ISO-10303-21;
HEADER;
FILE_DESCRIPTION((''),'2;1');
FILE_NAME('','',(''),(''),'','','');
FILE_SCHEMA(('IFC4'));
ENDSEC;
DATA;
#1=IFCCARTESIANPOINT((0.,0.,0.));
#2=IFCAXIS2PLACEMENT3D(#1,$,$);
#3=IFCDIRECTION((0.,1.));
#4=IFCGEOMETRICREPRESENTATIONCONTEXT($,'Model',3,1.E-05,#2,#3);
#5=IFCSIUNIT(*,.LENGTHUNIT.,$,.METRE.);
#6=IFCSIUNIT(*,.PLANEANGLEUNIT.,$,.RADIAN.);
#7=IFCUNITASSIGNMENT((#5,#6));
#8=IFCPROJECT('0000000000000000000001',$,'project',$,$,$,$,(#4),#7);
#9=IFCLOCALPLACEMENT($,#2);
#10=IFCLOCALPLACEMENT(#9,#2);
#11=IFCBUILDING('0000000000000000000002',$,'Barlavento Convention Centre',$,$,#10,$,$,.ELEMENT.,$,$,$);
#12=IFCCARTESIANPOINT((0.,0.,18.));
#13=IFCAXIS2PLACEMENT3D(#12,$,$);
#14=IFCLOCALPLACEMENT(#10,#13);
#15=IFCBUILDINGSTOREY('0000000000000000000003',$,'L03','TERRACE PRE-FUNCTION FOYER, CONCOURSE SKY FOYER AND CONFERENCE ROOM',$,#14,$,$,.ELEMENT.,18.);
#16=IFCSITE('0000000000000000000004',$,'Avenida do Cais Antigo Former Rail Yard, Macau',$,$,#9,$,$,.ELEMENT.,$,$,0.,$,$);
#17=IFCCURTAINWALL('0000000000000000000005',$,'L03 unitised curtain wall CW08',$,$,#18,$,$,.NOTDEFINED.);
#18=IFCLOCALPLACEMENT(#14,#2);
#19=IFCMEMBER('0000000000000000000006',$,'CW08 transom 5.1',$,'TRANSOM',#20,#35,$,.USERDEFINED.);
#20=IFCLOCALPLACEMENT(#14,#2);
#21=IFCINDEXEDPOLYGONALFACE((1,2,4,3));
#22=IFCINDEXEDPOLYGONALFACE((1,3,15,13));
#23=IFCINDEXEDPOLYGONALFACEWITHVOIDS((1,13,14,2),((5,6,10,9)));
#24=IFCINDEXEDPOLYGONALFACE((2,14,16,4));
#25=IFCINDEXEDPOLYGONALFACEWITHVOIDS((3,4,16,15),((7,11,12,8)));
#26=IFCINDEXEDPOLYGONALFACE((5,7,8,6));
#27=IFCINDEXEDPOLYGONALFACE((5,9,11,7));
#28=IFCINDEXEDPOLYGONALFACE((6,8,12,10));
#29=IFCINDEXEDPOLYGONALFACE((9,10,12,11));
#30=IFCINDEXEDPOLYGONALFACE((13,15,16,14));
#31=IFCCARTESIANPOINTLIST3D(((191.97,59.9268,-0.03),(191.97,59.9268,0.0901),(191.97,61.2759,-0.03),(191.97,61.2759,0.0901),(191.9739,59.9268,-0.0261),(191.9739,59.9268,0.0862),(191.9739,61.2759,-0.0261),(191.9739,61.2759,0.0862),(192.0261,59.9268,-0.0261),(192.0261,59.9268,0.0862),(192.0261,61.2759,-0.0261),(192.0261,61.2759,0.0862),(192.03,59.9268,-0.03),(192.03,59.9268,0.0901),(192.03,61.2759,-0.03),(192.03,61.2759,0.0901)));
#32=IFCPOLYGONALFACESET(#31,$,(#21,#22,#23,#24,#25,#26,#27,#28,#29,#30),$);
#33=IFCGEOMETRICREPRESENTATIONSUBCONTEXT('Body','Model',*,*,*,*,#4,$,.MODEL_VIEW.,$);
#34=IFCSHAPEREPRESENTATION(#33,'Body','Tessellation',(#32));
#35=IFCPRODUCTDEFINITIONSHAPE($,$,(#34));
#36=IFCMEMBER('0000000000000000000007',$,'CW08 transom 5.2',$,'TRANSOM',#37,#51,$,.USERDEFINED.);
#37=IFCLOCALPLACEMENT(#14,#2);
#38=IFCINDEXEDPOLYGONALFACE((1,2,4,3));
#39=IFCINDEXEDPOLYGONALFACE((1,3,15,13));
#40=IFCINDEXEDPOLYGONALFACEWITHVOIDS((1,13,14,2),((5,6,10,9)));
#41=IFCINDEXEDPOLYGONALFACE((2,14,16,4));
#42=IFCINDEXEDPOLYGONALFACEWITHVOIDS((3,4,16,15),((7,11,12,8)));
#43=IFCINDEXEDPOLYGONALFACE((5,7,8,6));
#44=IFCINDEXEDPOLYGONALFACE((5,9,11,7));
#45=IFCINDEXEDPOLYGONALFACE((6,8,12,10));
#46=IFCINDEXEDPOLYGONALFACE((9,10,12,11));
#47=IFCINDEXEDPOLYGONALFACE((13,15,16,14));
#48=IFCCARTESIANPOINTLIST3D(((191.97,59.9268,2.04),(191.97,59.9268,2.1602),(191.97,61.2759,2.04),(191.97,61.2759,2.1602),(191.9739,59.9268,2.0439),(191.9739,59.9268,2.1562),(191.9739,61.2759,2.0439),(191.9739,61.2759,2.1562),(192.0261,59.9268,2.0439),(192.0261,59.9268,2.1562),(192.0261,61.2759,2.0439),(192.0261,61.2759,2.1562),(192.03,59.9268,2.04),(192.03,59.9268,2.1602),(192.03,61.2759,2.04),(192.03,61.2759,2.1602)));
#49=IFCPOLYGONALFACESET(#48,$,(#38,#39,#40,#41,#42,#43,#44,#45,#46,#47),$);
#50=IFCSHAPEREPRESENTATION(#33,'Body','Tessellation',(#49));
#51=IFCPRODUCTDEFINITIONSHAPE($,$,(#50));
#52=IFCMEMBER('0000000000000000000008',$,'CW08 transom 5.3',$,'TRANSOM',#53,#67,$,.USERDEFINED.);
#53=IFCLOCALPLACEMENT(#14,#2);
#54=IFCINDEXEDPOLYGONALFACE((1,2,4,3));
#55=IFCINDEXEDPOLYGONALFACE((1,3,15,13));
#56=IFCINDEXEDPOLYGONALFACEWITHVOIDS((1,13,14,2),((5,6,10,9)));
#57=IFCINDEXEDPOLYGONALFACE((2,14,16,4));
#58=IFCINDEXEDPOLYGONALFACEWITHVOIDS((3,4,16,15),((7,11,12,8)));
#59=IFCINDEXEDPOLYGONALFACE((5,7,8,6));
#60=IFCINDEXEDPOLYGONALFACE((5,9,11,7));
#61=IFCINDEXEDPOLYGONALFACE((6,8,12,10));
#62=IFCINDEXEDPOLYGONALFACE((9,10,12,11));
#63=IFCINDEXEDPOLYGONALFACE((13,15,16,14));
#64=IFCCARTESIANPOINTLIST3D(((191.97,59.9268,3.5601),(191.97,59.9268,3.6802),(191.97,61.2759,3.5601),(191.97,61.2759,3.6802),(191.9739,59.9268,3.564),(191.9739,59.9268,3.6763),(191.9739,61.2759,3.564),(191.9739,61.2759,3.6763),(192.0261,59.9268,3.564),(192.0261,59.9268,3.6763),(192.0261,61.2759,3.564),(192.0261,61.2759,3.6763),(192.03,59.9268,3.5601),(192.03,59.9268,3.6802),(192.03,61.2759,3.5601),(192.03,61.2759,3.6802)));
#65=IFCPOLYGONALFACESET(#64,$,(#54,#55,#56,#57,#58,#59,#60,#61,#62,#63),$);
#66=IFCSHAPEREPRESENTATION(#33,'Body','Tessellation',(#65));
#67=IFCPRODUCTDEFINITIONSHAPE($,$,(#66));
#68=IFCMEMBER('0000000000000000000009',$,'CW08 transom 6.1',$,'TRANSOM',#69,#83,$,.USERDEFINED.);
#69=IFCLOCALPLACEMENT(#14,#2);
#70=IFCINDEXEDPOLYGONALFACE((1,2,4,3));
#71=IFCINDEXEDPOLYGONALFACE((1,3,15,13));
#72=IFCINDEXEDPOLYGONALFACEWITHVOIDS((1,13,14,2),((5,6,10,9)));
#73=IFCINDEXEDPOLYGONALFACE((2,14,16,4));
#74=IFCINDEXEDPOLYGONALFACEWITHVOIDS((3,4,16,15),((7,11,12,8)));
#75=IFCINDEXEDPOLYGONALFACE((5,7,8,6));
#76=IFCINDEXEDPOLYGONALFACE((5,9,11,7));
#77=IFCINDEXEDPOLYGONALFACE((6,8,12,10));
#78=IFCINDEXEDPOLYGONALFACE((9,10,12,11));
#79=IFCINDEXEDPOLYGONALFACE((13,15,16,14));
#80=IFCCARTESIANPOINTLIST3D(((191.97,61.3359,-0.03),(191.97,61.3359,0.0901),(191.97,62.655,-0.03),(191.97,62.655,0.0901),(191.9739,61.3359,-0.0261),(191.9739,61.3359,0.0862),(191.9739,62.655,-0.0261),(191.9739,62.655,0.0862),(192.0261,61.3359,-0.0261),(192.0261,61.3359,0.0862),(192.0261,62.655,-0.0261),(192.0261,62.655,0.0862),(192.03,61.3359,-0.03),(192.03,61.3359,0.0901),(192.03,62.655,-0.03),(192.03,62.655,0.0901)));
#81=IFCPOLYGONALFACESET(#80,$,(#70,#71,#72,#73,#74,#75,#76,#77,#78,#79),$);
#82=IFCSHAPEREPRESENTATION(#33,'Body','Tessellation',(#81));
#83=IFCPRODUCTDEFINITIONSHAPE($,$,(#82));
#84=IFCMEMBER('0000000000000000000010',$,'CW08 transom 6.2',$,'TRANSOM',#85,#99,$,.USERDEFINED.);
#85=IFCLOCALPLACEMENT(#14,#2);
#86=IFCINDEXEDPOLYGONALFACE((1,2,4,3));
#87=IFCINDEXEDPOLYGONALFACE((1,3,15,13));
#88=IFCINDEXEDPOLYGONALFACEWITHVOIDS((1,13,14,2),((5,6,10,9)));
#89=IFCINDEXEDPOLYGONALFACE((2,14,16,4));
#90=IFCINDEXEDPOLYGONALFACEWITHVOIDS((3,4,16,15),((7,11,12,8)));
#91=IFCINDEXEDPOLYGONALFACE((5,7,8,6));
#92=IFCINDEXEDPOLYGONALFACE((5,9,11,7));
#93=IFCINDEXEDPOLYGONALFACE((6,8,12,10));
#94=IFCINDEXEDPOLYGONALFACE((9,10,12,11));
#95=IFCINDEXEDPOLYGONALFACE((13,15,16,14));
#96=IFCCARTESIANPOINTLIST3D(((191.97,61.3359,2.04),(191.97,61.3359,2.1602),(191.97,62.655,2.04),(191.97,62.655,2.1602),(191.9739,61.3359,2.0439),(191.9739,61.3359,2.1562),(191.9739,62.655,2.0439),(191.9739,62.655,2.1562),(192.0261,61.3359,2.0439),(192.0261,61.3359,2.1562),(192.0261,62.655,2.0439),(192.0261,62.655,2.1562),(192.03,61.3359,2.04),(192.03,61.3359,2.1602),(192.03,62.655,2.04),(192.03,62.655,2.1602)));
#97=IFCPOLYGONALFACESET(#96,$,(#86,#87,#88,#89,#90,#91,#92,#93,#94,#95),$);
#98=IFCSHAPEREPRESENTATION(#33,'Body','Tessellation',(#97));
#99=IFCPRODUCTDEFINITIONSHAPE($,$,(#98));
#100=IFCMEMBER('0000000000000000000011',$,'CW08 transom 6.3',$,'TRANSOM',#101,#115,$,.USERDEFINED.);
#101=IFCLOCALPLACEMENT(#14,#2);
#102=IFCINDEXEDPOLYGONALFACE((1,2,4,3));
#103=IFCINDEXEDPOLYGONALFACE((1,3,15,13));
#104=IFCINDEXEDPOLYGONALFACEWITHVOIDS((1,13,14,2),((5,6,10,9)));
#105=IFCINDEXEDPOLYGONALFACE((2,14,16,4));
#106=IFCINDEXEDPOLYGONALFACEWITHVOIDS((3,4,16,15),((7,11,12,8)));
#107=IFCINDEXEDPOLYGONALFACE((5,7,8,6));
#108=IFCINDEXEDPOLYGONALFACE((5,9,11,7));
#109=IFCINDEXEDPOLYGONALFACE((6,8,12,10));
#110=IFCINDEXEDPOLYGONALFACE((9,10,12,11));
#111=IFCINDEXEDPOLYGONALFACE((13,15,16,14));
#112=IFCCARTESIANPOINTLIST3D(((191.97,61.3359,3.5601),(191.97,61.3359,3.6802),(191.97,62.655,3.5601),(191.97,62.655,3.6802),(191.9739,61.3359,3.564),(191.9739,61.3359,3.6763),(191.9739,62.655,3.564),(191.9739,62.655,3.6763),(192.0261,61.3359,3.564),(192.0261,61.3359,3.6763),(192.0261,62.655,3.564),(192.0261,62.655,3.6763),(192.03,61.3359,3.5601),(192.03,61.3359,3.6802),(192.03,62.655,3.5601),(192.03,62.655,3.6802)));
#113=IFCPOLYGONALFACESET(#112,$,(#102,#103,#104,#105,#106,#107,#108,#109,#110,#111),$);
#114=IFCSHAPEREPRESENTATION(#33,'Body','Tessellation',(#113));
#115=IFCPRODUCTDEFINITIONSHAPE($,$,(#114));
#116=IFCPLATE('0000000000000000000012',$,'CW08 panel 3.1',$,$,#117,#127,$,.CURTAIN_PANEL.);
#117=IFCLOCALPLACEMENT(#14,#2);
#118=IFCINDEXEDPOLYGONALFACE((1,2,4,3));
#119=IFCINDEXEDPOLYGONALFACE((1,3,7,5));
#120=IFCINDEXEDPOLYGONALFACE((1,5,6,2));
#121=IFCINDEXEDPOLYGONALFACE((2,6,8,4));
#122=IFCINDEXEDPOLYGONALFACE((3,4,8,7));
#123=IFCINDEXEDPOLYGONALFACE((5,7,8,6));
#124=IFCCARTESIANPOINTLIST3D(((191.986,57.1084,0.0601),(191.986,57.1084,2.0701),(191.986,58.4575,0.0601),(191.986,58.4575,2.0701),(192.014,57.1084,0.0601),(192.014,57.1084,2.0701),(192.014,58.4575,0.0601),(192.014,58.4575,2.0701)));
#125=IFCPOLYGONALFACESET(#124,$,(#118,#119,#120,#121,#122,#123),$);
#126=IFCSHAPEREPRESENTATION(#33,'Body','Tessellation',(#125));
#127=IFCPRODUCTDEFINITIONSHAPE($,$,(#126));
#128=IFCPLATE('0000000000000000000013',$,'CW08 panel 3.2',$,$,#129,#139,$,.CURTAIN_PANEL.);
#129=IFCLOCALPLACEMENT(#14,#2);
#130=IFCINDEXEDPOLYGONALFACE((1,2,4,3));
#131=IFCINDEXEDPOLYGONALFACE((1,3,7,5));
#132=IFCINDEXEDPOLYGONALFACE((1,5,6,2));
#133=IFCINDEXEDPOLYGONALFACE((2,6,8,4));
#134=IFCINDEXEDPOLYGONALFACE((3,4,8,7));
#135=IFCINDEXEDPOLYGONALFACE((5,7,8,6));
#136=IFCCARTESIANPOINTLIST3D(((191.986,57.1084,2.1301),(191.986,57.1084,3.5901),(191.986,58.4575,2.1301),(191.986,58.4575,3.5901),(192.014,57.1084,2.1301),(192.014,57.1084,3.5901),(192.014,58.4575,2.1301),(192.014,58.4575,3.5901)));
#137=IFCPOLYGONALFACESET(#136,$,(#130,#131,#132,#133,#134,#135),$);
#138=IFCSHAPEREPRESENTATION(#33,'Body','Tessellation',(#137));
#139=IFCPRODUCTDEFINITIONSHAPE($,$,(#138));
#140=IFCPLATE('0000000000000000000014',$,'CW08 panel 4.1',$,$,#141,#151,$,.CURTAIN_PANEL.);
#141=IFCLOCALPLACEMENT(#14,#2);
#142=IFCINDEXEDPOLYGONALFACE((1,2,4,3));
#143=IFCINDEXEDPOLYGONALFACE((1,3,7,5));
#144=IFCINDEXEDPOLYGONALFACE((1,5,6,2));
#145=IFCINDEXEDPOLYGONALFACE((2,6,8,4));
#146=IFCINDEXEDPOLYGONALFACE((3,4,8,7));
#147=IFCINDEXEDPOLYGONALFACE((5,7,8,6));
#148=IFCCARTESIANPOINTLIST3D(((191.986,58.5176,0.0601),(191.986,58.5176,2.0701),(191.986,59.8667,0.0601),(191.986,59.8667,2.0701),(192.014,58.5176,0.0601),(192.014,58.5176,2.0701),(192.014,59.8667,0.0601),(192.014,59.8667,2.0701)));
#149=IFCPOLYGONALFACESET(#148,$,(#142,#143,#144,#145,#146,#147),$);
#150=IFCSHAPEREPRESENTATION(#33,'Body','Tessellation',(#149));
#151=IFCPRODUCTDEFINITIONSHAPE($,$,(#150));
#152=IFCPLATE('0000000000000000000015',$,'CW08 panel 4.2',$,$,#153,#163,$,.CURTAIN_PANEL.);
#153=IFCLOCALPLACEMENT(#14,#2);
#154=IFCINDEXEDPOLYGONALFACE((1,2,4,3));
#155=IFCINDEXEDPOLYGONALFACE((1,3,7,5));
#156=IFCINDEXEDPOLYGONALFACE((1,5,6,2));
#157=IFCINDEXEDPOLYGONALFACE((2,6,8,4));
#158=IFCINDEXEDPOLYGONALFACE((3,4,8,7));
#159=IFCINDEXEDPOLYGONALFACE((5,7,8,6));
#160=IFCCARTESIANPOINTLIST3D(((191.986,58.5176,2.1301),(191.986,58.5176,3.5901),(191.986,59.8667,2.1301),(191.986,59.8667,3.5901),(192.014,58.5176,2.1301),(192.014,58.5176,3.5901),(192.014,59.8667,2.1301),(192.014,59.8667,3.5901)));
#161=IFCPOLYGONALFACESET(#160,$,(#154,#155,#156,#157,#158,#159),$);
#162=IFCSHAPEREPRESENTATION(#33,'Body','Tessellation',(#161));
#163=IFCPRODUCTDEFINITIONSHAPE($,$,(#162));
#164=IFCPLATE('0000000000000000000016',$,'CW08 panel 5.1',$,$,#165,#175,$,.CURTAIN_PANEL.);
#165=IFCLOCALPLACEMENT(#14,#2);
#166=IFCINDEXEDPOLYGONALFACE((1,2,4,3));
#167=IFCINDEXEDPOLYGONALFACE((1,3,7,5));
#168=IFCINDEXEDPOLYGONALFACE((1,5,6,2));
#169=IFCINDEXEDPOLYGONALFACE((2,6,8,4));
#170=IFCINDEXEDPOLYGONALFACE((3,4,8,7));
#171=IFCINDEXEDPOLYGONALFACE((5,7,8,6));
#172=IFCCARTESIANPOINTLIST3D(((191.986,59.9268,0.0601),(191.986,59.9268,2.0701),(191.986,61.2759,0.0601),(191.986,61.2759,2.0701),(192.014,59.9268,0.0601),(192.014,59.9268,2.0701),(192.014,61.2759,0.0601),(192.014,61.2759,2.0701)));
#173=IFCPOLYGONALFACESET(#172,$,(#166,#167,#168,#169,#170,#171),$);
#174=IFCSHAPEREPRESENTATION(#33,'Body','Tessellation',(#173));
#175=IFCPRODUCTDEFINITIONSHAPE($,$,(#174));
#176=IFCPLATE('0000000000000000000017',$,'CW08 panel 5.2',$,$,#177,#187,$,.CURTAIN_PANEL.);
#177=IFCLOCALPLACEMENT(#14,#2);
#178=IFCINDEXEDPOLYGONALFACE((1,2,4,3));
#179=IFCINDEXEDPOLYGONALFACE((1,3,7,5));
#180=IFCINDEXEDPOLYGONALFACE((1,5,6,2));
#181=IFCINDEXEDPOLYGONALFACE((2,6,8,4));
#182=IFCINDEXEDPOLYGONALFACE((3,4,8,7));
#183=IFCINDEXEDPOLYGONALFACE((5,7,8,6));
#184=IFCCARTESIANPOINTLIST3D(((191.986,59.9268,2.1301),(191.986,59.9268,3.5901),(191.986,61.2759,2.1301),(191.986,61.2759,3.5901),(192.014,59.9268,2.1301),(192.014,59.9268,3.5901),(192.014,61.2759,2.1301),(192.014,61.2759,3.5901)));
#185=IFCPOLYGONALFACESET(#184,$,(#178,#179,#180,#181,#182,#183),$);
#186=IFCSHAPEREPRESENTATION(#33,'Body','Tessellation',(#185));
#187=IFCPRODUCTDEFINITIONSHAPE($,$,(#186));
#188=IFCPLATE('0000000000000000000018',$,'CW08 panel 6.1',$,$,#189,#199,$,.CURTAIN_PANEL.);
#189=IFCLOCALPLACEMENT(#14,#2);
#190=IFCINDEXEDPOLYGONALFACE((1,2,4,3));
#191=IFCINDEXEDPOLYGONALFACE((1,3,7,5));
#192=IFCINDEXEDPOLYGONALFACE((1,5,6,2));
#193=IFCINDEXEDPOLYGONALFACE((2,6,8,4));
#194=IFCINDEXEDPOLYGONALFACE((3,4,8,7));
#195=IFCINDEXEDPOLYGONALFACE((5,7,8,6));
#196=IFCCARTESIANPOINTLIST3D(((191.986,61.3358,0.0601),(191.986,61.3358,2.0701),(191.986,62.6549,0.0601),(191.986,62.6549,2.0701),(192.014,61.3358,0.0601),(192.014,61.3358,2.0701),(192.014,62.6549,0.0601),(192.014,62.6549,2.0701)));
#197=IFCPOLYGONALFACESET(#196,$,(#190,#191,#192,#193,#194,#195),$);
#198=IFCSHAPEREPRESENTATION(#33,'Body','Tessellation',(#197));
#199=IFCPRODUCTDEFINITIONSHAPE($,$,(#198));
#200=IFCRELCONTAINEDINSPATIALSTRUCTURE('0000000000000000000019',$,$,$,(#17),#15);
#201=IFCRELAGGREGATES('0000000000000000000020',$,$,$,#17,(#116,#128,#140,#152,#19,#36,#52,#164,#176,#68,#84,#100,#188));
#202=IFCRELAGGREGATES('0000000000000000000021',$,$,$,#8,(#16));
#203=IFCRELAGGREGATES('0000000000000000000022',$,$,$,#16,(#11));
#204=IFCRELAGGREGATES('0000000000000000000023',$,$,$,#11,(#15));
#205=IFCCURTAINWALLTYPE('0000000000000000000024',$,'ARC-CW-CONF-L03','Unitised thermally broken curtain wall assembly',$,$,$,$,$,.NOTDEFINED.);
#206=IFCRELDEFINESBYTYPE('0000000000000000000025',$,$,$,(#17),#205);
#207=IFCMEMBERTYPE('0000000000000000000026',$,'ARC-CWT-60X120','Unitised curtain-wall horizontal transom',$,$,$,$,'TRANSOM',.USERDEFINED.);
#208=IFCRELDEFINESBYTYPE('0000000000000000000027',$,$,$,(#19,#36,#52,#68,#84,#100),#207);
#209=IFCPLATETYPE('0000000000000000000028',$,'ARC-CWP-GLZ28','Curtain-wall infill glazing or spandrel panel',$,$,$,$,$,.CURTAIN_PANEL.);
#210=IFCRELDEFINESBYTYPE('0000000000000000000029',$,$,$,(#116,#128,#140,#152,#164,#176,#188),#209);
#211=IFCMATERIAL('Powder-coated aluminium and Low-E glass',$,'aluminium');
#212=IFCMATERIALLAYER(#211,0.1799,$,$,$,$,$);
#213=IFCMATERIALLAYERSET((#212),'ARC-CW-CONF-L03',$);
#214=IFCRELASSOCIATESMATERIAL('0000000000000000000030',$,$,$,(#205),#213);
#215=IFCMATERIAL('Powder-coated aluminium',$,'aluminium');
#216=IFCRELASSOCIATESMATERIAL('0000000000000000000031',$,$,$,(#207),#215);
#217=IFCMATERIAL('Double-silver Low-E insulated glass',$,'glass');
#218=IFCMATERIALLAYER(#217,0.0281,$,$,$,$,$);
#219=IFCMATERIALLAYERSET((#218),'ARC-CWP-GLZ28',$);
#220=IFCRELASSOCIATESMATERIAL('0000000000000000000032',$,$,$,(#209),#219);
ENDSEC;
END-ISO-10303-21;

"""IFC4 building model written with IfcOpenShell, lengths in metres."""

from ifc_helpers import new_model, si_unit, direction, frame, origin, origin_2d, place, context, subcontext, project, spatial, rectangle, hollow_rectangle, extrude, material, layer, layer_set, material_profile, profile_set, type_object, element, aggregate, save


model = new_model("IFC4")

# Units and contexts
model_context = context("Model", 3, precision=1e-05, world=origin(), true_north=direction((0.0, 1.0)))
body_context = subcontext(model_context, "Body", "Model", "MODEL_VIEW")
ifc_project = project(units=[si_unit("LENGTHUNIT", "METRE"), si_unit("PLANEANGLEUNIT", "RADIAN")], contexts=[model_context])

# Site, building, storey
site_placement = place(None, origin())
site = spatial("IfcSite", under=ifc_project, at=site_placement, Name="Avenida do Cais Antigo Former Rail Yard, Macau", CompositionType="ELEMENT", RefElevation=0.0)
building_placement = place(site_placement, origin())
building = spatial("IfcBuilding", under=site, at=building_placement, Name="Barlavento Convention Centre", CompositionType="ELEMENT")
storey_placement = place(building_placement, frame((0.0, 0.0, 18.0)))
storey = spatial("IfcBuildingStorey", under=building, at=storey_placement, Name="L03", Description="TERRACE PRE-FUNCTION FOYER, CONCOURSE SKY FOYER AND CONFERENCE ROOM", CompositionType="ELEMENT", Elevation=18.0)

# Curtain wall, members, plates
ifc_material_1 = material(Name="Powder-coated aluminium and Low-E glass", Category="aluminium")
ifc_layer_1 = layer(ifc_material_1, 0.1799)
ifc_layer_set_1 = layer_set([ifc_layer_1], Name="ARC-CW-CONF-L03")
curtain_wall_type = type_object("IfcCurtainWallType", Name="ARC-CW-CONF-L03", Description="Unitised thermally broken curtain wall assembly", PredefinedType="NOTDEFINED", material=ifc_layer_set_1)
curtain_wall_placement = place(storey_placement, origin())
curtain_wall = element("IfcCurtainWall", 1, at=curtain_wall_placement, inside=storey, type_object=curtain_wall_type, Name="L03 unitised curtain wall CW08", PredefinedType="NOTDEFINED")
ifc_material_2 = material(Name="Powder-coated aluminium", Category="aluminium")
ifc_material_profile_1 = material_profile(ifc_material_2, hollow_rectangle(XDim=0.0601, YDim=0.1201, WallThickness=0.0039, at=origin_2d()), Name="AL-TRAN 60x120x4")
ifc_profile_set_1 = profile_set([ifc_material_profile_1], Name="Powder-coated aluminium")
member_type_1 = type_object("IfcMemberType", Name="ARC-CWT-60X120", Description="Unitised curtain-wall horizontal transom", ElementType="TRANSOM", PredefinedType="USERDEFINED", material=ifc_profile_set_1)
member_1_placement = place(storey_placement, frame((192.0, 59.9268, 0.03), z_axis=(0.0, 1.0, 0.0), x_axis=(-1.0, 0.0, 0.0)))
member_1 = element("IfcMember", 2, at=member_1_placement, type_object=member_type_1, Name="CW08 transom 5.1", ObjectType="TRANSOM", PredefinedType="USERDEFINED", context=body_context, shape_type="SweptSolid", body=[
    extrude(hollow_rectangle(XDim=0.0601, YDim=0.1201, WallThickness=0.0039, at=origin_2d()), origin(), (0.0, 0.0, 1.0), 1.3491),
])
member_2_placement = place(storey_placement, frame((192.0, 59.9268, 2.1001), z_axis=(0.0, 1.0, 0.0), x_axis=(-1.0, 0.0, 0.0)))
member_2 = element("IfcMember", 3, at=member_2_placement, type_object=member_type_1, Name="CW08 transom 5.2", ObjectType="TRANSOM", PredefinedType="USERDEFINED", context=body_context, shape_type="SweptSolid", body=[
    extrude(hollow_rectangle(XDim=0.0601, YDim=0.1201, WallThickness=0.0039, at=origin_2d()), origin(), (0.0, 0.0, 1.0), 1.3491),
])
member_3_placement = place(storey_placement, frame((192.0, 59.9268, 3.6201), z_axis=(0.0, 1.0, 0.0), x_axis=(-1.0, 0.0, 0.0)))
member_3 = element("IfcMember", 4, at=member_3_placement, type_object=member_type_1, Name="CW08 transom 5.3", ObjectType="TRANSOM", PredefinedType="USERDEFINED", context=body_context, shape_type="SweptSolid", body=[
    extrude(hollow_rectangle(XDim=0.0601, YDim=0.1201, WallThickness=0.0039, at=origin_2d()), origin(), (0.0, 0.0, 1.0), 1.3491),
])
member_4_placement = place(storey_placement, frame((192.0, 61.3359, 0.03), z_axis=(0.0, 1.0, 0.0), x_axis=(-1.0, 0.0, 0.0)))
member_4 = element("IfcMember", 5, at=member_4_placement, type_object=member_type_1, Name="CW08 transom 6.1", ObjectType="TRANSOM", PredefinedType="USERDEFINED", context=body_context, shape_type="SweptSolid", body=[
    extrude(hollow_rectangle(XDim=0.0601, YDim=0.1201, WallThickness=0.0039, at=origin_2d()), origin(), (0.0, 0.0, 1.0), 1.3191),
])
member_5_placement = place(storey_placement, frame((192.0, 61.3359, 2.1001), z_axis=(0.0, 1.0, 0.0), x_axis=(-1.0, 0.0, 0.0)))
member_5 = element("IfcMember", 6, at=member_5_placement, type_object=member_type_1, Name="CW08 transom 6.2", ObjectType="TRANSOM", PredefinedType="USERDEFINED", context=body_context, shape_type="SweptSolid", body=[
    extrude(hollow_rectangle(XDim=0.0601, YDim=0.1201, WallThickness=0.0039, at=origin_2d()), origin(), (0.0, 0.0, 1.0), 1.3191),
])
member_6_placement = place(storey_placement, frame((192.0, 61.3359, 3.6201), z_axis=(0.0, 1.0, 0.0), x_axis=(-1.0, 0.0, 0.0)))
member_6 = element("IfcMember", 7, at=member_6_placement, type_object=member_type_1, Name="CW08 transom 6.3", ObjectType="TRANSOM", PredefinedType="USERDEFINED", context=body_context, shape_type="SweptSolid", body=[
    extrude(hollow_rectangle(XDim=0.0601, YDim=0.1201, WallThickness=0.0039, at=origin_2d()), origin(), (0.0, 0.0, 1.0), 1.3191),
])
ifc_material_3 = material(Name="Double-silver Low-E insulated glass", Category="glass")
ifc_layer_2 = layer(ifc_material_3, 0.0281)
ifc_layer_set_2 = layer_set([ifc_layer_2], Name="ARC-CWP-GLZ28")
plate_type = type_object("IfcPlateType", Name="ARC-CWP-GLZ28", Description="Curtain-wall infill glazing or spandrel panel", PredefinedType="CURTAIN_PANEL", material=ifc_layer_set_2)
plate_1_placement = place(storey_placement, frame((192.0, 57.783, 0.0601), z_axis=(0.0, 0.0, 1.0), x_axis=(0.0, 1.0, 0.0)))
plate_1 = element("IfcPlate", 8, at=plate_1_placement, type_object=plate_type, Name="CW08 panel 3.1", PredefinedType="CURTAIN_PANEL", context=body_context, shape_type="SweptSolid", body=[
    extrude(rectangle(XDim=1.3491, YDim=0.0281, at=origin_2d()), origin(), (0.0, 0.0, 1.0), 2.01),
])
plate_2_placement = place(storey_placement, frame((192.0, 57.783, 2.1301), z_axis=(0.0, 0.0, 1.0), x_axis=(0.0, 1.0, 0.0)))
plate_2 = element("IfcPlate", 9, at=plate_2_placement, type_object=plate_type, Name="CW08 panel 3.2", PredefinedType="CURTAIN_PANEL", context=body_context, shape_type="SweptSolid", body=[
    extrude(rectangle(XDim=1.3491, YDim=0.0281, at=origin_2d()), origin(), (0.0, 0.0, 1.0), 1.46),
])
plate_3_placement = place(storey_placement, frame((192.0, 59.1921, 0.0601), z_axis=(0.0, 0.0, 1.0), x_axis=(0.0, 1.0, 0.0)))
plate_3 = element("IfcPlate", 10, at=plate_3_placement, type_object=plate_type, Name="CW08 panel 4.1", PredefinedType="CURTAIN_PANEL", context=body_context, shape_type="SweptSolid", body=[
    extrude(rectangle(XDim=1.3491, YDim=0.0281, at=origin_2d()), origin(), (0.0, 0.0, 1.0), 2.01),
])
plate_4_placement = place(storey_placement, frame((192.0, 59.1921, 2.1301), z_axis=(0.0, 0.0, 1.0), x_axis=(0.0, 1.0, 0.0)))
plate_4 = element("IfcPlate", 11, at=plate_4_placement, type_object=plate_type, Name="CW08 panel 4.2", PredefinedType="CURTAIN_PANEL", context=body_context, shape_type="SweptSolid", body=[
    extrude(rectangle(XDim=1.3491, YDim=0.0281, at=origin_2d()), origin(), (0.0, 0.0, 1.0), 1.46),
])
plate_5_placement = place(storey_placement, frame((192.0, 60.6013, 0.0601), z_axis=(0.0, 0.0, 1.0), x_axis=(0.0, 1.0, 0.0)))
plate_5 = element("IfcPlate", 12, at=plate_5_placement, type_object=plate_type, Name="CW08 panel 5.1", PredefinedType="CURTAIN_PANEL", context=body_context, shape_type="SweptSolid", body=[
    extrude(rectangle(XDim=1.3491, YDim=0.0281, at=origin_2d()), origin(), (0.0, 0.0, 1.0), 2.01),
])
plate_6_placement = place(storey_placement, frame((192.0, 60.6013, 2.1301), z_axis=(0.0, 0.0, 1.0), x_axis=(0.0, 1.0, 0.0)))
plate_6 = element("IfcPlate", 13, at=plate_6_placement, type_object=plate_type, Name="CW08 panel 5.2", PredefinedType="CURTAIN_PANEL", context=body_context, shape_type="SweptSolid", body=[
    extrude(rectangle(XDim=1.3491, YDim=0.0281, at=origin_2d()), origin(), (0.0, 0.0, 1.0), 1.46),
])
plate_7_placement = place(storey_placement, frame((192.0, 61.9954, 0.0601), z_axis=(0.0, 0.0, 1.0), x_axis=(0.0, 1.0, 0.0)))
plate_7 = element("IfcPlate", 14, at=plate_7_placement, type_object=plate_type, Name="CW08 panel 6.1", PredefinedType="CURTAIN_PANEL", context=body_context, shape_type="SweptSolid", body=[
    extrude(rectangle(XDim=1.3191, YDim=0.0281, at=origin_2d()), origin(), (0.0, 0.0, 1.0), 2.01),
])
aggregate(curtain_wall, [plate_1, plate_2, plate_3, plate_4, member_1, member_2, member_3, plate_5, plate_6, member_4, member_5, member_6, plate_7])

save(model, "model.ifc")
